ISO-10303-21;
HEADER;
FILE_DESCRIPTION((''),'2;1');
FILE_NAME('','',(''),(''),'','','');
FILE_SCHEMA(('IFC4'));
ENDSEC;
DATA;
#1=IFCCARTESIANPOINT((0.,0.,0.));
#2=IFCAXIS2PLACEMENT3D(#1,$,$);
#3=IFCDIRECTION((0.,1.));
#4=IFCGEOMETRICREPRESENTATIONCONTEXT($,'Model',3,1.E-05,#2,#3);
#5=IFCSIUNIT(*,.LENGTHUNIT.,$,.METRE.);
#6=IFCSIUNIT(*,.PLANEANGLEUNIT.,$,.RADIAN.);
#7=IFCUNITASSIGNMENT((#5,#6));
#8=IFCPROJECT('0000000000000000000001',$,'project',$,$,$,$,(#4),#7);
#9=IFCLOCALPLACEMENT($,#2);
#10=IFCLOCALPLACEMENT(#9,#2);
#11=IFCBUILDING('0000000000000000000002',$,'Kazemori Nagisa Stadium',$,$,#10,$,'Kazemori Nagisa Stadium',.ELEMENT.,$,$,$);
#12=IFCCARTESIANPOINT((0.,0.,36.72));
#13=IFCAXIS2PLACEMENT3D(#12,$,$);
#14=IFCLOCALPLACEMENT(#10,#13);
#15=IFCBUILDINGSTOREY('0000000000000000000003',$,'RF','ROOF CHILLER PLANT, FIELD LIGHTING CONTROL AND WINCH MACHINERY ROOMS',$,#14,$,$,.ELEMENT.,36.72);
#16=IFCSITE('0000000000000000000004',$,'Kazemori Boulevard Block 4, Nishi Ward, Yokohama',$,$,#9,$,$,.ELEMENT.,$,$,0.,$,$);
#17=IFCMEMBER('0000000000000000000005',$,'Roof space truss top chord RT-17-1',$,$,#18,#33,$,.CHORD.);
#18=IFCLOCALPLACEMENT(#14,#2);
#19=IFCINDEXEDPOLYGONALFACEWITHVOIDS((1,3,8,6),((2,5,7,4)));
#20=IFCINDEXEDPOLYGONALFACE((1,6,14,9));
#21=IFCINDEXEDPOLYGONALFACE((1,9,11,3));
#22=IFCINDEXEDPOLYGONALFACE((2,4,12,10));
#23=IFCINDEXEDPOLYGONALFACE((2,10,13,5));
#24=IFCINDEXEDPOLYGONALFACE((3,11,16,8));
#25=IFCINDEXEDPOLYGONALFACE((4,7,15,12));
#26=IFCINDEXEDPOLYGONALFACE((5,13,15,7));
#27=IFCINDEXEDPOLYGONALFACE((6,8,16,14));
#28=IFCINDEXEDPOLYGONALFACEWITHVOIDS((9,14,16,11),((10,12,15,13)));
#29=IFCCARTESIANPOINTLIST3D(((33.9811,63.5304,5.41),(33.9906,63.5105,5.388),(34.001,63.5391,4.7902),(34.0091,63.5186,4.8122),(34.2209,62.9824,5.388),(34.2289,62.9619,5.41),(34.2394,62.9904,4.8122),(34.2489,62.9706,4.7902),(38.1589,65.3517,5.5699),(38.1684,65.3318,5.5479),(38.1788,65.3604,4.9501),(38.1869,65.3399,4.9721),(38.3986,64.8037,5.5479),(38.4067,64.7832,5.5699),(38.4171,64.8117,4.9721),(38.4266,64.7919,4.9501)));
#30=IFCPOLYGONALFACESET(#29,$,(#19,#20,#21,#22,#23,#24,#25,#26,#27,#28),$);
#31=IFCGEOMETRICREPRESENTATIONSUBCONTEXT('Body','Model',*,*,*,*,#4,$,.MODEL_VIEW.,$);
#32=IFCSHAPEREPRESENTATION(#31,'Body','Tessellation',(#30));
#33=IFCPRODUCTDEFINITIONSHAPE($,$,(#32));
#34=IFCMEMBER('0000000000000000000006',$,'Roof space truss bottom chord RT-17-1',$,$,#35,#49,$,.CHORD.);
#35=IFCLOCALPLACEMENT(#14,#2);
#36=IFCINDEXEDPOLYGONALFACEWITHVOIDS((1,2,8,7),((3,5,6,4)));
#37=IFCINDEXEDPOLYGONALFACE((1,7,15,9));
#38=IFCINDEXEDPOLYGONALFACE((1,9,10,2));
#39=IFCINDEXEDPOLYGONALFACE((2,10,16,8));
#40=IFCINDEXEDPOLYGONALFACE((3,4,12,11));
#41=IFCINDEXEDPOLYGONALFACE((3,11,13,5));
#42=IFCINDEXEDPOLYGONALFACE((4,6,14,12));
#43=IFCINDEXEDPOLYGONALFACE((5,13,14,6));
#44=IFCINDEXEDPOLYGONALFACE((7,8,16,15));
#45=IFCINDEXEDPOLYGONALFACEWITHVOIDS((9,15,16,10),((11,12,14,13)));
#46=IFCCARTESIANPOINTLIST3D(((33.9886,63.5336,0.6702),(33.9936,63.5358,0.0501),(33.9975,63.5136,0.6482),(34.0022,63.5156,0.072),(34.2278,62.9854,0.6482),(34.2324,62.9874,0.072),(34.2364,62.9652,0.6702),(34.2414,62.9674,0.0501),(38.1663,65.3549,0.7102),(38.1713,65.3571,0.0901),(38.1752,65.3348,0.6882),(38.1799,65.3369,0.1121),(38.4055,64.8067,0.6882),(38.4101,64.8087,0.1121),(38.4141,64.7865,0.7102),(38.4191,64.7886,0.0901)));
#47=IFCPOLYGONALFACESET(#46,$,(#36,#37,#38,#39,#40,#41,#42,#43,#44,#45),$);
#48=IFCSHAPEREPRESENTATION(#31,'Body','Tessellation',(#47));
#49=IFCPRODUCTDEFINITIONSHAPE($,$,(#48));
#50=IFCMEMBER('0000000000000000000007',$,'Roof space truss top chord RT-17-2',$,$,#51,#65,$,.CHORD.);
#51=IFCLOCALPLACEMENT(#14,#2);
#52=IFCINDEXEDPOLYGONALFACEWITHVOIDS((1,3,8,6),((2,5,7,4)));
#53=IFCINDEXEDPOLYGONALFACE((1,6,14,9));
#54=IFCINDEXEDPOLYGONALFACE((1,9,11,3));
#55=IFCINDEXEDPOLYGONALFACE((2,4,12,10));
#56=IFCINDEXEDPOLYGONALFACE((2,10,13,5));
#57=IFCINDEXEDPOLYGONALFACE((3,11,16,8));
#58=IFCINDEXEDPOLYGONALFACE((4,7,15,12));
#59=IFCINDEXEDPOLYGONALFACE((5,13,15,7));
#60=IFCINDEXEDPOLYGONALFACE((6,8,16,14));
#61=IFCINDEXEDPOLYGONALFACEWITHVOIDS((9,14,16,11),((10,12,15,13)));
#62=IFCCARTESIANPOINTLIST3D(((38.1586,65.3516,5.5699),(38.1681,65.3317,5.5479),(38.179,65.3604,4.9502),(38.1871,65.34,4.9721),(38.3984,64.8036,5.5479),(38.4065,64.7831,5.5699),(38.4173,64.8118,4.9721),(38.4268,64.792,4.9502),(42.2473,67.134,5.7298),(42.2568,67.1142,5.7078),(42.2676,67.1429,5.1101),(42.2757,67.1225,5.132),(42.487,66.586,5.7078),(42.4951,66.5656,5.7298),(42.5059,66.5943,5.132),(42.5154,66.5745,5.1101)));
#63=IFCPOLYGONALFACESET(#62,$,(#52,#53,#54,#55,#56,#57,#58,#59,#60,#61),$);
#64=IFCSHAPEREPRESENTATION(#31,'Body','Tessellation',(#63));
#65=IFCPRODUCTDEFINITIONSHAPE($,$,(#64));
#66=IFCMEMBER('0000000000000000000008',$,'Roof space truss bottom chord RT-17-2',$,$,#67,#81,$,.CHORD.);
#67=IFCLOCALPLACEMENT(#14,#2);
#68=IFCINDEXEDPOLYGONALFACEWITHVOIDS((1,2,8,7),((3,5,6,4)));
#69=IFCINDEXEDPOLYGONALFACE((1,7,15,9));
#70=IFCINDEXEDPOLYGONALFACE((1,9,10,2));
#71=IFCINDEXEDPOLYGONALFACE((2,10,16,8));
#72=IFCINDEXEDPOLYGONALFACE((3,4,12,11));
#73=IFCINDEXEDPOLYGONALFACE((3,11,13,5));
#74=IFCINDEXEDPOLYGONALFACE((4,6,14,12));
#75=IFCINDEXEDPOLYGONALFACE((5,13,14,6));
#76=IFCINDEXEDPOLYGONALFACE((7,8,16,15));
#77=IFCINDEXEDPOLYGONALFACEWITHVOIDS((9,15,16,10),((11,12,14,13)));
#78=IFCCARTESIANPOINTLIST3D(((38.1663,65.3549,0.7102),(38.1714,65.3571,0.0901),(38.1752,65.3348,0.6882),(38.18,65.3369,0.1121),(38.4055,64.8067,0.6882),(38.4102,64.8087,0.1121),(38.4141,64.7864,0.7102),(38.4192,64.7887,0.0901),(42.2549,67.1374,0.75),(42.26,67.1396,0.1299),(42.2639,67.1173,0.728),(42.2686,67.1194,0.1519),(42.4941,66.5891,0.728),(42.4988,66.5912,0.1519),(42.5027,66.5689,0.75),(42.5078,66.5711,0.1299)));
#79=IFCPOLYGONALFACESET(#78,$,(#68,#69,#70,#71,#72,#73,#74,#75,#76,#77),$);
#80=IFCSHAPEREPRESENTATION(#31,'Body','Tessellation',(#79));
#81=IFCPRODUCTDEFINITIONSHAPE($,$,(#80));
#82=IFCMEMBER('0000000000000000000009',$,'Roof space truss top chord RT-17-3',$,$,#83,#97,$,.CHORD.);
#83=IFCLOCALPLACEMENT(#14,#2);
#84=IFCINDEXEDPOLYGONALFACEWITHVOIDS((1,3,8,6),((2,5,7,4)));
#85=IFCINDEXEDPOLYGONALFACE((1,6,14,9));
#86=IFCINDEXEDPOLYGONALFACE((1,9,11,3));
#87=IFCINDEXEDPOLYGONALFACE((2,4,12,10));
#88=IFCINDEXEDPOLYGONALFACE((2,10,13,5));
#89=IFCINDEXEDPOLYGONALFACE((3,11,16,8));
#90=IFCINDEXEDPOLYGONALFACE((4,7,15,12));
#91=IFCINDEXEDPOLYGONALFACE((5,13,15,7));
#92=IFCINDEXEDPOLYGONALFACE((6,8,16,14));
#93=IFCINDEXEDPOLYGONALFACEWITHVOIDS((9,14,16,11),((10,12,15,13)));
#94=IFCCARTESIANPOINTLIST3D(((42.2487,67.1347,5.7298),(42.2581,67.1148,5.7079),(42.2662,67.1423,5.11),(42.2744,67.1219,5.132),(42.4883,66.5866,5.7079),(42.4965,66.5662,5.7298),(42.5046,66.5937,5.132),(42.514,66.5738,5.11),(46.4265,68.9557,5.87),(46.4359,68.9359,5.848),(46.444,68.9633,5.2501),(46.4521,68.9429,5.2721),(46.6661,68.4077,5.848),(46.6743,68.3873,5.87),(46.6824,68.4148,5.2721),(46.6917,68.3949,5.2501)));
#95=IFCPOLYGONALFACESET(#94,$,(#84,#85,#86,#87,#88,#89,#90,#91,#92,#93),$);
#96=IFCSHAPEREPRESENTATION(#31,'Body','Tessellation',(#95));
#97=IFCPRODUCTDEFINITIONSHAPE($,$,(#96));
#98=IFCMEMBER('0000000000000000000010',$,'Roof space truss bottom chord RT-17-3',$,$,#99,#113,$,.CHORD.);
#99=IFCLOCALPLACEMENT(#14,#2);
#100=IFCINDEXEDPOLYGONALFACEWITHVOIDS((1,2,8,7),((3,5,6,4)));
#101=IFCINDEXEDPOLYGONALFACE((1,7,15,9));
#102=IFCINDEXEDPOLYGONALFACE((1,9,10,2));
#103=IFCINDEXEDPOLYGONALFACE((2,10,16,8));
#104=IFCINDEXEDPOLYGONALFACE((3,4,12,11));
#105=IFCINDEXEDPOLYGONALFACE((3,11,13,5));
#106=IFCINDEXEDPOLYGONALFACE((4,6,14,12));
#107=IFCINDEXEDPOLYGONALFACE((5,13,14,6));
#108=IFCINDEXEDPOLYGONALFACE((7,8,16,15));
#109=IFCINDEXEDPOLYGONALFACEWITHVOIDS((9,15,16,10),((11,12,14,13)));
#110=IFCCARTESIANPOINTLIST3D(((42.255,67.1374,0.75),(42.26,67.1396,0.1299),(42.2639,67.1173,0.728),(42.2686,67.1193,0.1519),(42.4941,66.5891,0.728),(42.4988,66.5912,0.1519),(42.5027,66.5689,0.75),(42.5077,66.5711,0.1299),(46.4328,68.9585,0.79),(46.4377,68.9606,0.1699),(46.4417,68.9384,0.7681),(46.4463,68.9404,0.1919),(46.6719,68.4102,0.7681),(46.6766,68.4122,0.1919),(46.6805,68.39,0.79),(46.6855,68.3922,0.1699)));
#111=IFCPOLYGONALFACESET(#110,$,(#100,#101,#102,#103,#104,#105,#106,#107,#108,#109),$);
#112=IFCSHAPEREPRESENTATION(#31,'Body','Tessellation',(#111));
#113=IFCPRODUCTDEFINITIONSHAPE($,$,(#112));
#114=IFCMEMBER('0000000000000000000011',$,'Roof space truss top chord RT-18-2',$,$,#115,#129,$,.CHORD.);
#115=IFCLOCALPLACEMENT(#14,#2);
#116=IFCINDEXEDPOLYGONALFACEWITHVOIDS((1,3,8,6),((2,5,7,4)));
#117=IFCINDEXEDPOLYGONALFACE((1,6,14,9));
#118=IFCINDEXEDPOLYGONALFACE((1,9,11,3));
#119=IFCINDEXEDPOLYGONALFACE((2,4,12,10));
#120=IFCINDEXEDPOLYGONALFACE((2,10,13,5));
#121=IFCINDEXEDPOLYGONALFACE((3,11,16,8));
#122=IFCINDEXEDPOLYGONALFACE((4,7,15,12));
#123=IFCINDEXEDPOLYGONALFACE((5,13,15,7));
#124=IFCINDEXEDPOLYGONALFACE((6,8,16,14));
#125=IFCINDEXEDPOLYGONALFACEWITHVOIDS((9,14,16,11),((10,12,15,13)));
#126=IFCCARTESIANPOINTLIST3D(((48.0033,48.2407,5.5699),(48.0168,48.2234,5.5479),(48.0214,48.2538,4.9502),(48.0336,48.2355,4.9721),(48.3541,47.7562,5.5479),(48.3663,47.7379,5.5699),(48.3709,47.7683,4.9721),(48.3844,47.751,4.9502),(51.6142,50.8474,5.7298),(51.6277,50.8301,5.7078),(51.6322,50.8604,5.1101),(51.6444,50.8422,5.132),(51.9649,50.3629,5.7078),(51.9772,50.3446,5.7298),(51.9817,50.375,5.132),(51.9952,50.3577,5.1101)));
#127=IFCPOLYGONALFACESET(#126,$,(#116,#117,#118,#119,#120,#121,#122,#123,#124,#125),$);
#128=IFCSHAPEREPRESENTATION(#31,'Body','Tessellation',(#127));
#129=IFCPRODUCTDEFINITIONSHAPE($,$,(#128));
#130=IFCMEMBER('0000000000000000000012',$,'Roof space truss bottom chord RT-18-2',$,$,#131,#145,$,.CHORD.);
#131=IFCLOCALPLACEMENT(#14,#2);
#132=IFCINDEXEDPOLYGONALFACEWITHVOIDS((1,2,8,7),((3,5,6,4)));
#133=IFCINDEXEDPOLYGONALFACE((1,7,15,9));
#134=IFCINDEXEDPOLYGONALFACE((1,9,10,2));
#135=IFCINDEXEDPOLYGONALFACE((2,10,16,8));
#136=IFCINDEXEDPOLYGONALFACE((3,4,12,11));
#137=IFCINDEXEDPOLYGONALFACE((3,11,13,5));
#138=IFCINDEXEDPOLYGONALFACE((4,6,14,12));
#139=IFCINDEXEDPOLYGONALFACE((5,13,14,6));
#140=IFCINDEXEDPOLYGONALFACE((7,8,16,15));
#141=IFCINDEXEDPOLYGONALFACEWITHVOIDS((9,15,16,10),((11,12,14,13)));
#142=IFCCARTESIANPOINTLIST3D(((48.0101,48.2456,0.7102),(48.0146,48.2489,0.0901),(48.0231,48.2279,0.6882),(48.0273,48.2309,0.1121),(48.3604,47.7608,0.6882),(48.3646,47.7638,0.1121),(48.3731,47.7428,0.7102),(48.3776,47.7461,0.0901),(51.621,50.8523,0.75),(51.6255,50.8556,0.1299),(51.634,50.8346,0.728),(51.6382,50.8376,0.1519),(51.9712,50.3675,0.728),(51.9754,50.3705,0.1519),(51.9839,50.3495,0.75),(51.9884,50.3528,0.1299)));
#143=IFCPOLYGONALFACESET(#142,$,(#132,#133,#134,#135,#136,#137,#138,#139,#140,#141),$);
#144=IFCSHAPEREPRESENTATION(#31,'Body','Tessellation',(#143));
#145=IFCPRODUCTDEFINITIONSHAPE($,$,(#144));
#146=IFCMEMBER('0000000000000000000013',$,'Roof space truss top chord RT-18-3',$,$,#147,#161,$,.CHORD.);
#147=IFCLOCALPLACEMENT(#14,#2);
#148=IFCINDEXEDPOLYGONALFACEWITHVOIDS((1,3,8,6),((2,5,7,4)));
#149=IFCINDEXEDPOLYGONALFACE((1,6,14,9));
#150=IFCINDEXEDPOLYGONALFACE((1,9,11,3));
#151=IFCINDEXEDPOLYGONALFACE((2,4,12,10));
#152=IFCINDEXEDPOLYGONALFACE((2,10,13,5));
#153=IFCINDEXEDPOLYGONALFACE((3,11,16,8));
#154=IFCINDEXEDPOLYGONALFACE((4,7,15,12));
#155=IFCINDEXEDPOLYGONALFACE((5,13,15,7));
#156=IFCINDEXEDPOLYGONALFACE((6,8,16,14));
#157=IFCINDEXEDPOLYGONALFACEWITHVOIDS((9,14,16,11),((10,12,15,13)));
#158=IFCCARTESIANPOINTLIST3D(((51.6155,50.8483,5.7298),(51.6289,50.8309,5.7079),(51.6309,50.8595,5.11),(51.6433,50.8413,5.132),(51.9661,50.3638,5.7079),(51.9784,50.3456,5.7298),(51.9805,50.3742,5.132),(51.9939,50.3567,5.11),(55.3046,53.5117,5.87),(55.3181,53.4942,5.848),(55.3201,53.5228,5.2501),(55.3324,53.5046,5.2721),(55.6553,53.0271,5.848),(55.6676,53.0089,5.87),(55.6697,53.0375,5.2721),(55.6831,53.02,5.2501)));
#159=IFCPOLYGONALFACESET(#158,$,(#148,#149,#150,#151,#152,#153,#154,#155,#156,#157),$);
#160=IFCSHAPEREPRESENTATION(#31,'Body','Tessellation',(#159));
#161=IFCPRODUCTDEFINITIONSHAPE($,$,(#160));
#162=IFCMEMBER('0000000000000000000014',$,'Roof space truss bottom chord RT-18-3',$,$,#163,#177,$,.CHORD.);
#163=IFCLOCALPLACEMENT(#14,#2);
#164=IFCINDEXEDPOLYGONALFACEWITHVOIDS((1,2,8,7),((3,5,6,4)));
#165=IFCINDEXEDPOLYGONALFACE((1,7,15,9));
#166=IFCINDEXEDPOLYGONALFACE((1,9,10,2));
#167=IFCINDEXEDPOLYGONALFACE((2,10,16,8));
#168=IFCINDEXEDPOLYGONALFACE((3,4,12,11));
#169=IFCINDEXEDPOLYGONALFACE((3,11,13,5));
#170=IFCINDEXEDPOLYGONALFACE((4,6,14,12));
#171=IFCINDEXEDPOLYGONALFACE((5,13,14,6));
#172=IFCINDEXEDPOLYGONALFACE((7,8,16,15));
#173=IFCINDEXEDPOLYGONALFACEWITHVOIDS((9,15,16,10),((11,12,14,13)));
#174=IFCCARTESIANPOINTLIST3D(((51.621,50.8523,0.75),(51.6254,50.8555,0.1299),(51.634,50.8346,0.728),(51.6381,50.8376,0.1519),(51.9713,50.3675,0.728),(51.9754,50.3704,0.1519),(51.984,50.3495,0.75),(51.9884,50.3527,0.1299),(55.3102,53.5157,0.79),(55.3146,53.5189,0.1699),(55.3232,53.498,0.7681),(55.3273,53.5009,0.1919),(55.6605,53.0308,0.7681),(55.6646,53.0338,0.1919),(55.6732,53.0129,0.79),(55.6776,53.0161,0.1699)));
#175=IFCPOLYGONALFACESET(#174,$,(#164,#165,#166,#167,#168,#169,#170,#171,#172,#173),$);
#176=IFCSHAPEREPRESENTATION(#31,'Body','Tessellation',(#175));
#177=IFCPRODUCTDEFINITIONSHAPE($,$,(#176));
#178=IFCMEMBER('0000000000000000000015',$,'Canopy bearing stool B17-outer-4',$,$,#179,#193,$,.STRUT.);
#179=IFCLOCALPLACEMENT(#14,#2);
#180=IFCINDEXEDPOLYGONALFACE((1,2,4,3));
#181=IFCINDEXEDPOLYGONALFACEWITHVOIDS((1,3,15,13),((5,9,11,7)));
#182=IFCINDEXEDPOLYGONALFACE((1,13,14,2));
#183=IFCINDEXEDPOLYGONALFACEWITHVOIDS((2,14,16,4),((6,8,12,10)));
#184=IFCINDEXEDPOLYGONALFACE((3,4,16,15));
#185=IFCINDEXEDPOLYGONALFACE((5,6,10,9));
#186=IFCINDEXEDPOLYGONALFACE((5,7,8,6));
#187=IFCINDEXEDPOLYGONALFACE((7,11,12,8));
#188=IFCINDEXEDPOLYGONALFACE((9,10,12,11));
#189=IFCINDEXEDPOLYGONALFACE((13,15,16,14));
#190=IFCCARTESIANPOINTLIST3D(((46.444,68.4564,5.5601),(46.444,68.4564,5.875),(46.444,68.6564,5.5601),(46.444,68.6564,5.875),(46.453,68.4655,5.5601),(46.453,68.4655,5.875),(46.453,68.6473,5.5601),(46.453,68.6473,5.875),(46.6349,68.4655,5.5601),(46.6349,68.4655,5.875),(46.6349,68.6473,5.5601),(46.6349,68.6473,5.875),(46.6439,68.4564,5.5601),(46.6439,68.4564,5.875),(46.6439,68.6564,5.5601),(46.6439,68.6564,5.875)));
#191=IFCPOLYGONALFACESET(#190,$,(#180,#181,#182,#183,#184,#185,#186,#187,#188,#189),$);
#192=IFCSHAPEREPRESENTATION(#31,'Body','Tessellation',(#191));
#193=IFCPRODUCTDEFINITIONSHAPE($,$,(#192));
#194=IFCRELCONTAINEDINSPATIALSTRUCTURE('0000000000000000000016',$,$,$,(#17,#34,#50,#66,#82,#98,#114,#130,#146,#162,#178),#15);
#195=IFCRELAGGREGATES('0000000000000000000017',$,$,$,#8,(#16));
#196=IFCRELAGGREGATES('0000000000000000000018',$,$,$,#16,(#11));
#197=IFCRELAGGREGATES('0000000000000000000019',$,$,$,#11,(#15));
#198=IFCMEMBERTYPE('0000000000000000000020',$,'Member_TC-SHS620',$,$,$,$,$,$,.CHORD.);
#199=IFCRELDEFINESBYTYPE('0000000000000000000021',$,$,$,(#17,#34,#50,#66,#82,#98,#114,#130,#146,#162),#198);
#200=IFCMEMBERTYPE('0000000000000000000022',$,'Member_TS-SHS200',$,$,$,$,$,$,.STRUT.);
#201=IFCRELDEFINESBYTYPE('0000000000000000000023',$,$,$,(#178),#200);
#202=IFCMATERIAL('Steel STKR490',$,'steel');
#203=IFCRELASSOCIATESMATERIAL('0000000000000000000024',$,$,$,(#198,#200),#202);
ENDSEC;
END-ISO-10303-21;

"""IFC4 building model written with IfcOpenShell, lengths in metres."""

from ifc_helpers import new_model, si_unit, direction, frame, origin, origin_2d, place, context, subcontext, project, spatial, hollow_rectangle, extrude, material, material_profile, profile_set, type_object, element, save


model = new_model("IFC4")

# Units and contexts
model_context = context("Model", 3, precision=1e-05, world=origin(), true_north=direction((0.0, 1.0)))
body_context = subcontext(model_context, "Body", "Model", "MODEL_VIEW")
ifc_project = project(units=[si_unit("LENGTHUNIT", "METRE"), si_unit("PLANEANGLEUNIT", "RADIAN")], contexts=[model_context])

# Site, building, storey
site_placement = place(None, origin())
site = spatial("IfcSite", under=ifc_project, at=site_placement, Name="Kazemori Boulevard Block 4, Nishi Ward, Yokohama", CompositionType="ELEMENT", RefElevation=0.0)
building_placement = place(site_placement, origin())
building = spatial("IfcBuilding", under=site, at=building_placement, Name="Kazemori Nagisa Stadium", LongName="Kazemori Nagisa Stadium", CompositionType="ELEMENT")
storey_placement = place(building_placement, frame((0.0, 0.0, 36.72)))
storey = spatial("IfcBuildingStorey", under=building, at=storey_placement, Name="RF", Description="ROOF CHILLER PLANT, FIELD LIGHTING CONTROL AND WINCH MACHINERY ROOMS", CompositionType="ELEMENT", Elevation=36.72)

# Members
ifc_material_1 = material(Name="Steel STKR490", Category="steel")
ifc_material_profile_1 = material_profile(ifc_material_1, hollow_rectangle(XDim=0.6201, YDim=0.6201, WallThickness=0.022, at=origin_2d()), Name="SHS-620x620x22")
ifc_profile_set_1 = profile_set([ifc_material_profile_1], Name="Steel STKR490")
member_type_1 = type_object("IfcMemberType", Name="Member_TC-SHS620", PredefinedType="CHORD", material=ifc_profile_set_1)
member_1_placement = place(storey_placement, frame((34.115, 63.2505, 5.1001), z_axis=(0.916114, 0.399381, 0.035066), x_axis=(-0.399627, 0.916678, 0.0)))
element("IfcMember", 1, at=member_1_placement, inside=storey, type_object=member_type_1, Name="Roof space truss top chord RT-17-1", PredefinedType="CHORD", context=body_context, shape_type="SweptSolid", body=[
    extrude(hollow_rectangle(XDim=0.6201, YDim=0.6201, WallThickness=0.022, at=origin_2d()), origin(), (0.0, 0.0, 1.0), 4.5603),
])
member_2_placement = place(storey_placement, frame((34.115, 63.2505, 0.3601), z_axis=(0.916642, 0.399612, 0.008785), x_axis=(-0.399627, 0.916678, 0.0)))
element("IfcMember", 2, at=member_2_placement, inside=storey, type_object=member_type_1, Name="Roof space truss bottom chord RT-17-1", PredefinedType="CHORD", context=body_context, shape_type="SweptSolid", body=[
    extrude(hollow_rectangle(XDim=0.6201, YDim=0.6201, WallThickness=0.022, at=origin_2d()), origin(), (0.0, 0.0, 1.0), 4.5576),
])
member_3_placement = place(storey_placement, frame((38.2927, 65.0718, 5.26), z_axis=(0.916087, 0.399376, 0.03583), x_axis=(-0.399633, 0.916675, 0.0)))
element("IfcMember", 3, at=member_3_placement, inside=storey, type_object=member_type_1, Name="Roof space truss top chord RT-17-2", PredefinedType="CHORD", context=body_context, shape_type="SweptSolid", body=[
    extrude(hollow_rectangle(XDim=0.6201, YDim=0.6201, WallThickness=0.022, at=origin_2d()), origin(), (0.0, 0.0, 1.0), 4.4631),
])
member_4_placement = place(storey_placement, frame((38.2927, 65.0718, 0.4001), z_axis=(0.916639, 0.399617, 0.008922), x_axis=(-0.399633, 0.916675, 0.0)))
element("IfcMember", 4, at=member_4_placement, inside=storey, type_object=member_type_1, Name="Roof space truss bottom chord RT-17-2", PredefinedType="CHORD", context=body_context, shape_type="SweptSolid", body=[
    extrude(hollow_rectangle(XDim=0.6201, YDim=0.6201, WallThickness=0.022, at=origin_2d()), origin(), (0.0, 0.0, 1.0), 4.4604),
])
member_5_placement = place(storey_placement, frame((42.3813, 66.8542, 5.4199), z_axis=(0.916264, 0.399393, 0.030735), x_axis=(-0.399582, 0.916697, 0.0)))
element("IfcMember", 5, at=member_5_placement, inside=storey, type_object=member_type_1, Name="Roof space truss top chord RT-17-3", PredefinedType="CHORD", context=body_context, shape_type="SweptSolid", body=[
    extrude(hollow_rectangle(XDim=0.6201, YDim=0.6201, WallThickness=0.022, at=origin_2d()), origin(), (0.0, 0.0, 1.0), 4.5596),
])
member_6_placement = place(storey_placement, frame((42.3813, 66.8542, 0.4399), z_axis=(0.916662, 0.399567, 0.008785), x_axis=(-0.399582, 0.916697, 0.0)))
element("IfcMember", 6, at=member_6_placement, inside=storey, type_object=member_type_1, Name="Roof space truss bottom chord RT-17-3", PredefinedType="CHORD", context=body_context, shape_type="SweptSolid", body=[
    extrude(hollow_rectangle(XDim=0.6201, YDim=0.6201, WallThickness=0.022, at=origin_2d()), origin(), (0.0, 0.0, 1.0), 4.5576),
])
member_7_placement = place(storey_placement, frame((48.1938, 47.9958, 5.26), z_axis=(0.810278, 0.584945, 0.035885), x_axis=(-0.585322, 0.810801, 0.0)))
element("IfcMember", 7, at=member_7_placement, inside=storey, type_object=member_type_1, Name="Roof space truss top chord RT-18-2", PredefinedType="CHORD", context=body_context, shape_type="SweptSolid", body=[
    extrude(hollow_rectangle(XDim=0.6201, YDim=0.6201, WallThickness=0.022, at=origin_2d()), origin(), (0.0, 0.0, 1.0), 4.4563),
])
member_8_placement = place(storey_placement, frame((48.1938, 47.9958, 0.4001), z_axis=(0.810768, 0.585299, 0.008935), x_axis=(-0.585322, 0.810801, 0.0)))
element("IfcMember", 8, at=member_8_placement, inside=storey, type_object=member_type_1, Name="Roof space truss bottom chord RT-18-2", PredefinedType="CHORD", context=body_context, shape_type="SweptSolid", body=[
    extrude(hollow_rectangle(XDim=0.6201, YDim=0.6201, WallThickness=0.022, at=origin_2d()), origin(), (0.0, 0.0, 1.0), 4.4536),
])
member_9_placement = place(storey_placement, frame((51.8047, 50.6025, 5.4199), z_axis=(0.81041, 0.585054, 0.030784), x_axis=(-0.585332, 0.810794, 0.0)))
element("IfcMember", 9, at=member_9_placement, inside=storey, type_object=member_type_1, Name="Roof space truss top chord RT-18-3", PredefinedType="CHORD", context=body_context, shape_type="SweptSolid", body=[
    extrude(hollow_rectangle(XDim=0.6201, YDim=0.6201, WallThickness=0.022, at=origin_2d()), origin(), (0.0, 0.0, 1.0), 4.5522),
])
member_10_placement = place(storey_placement, frame((51.8047, 50.6025, 0.4399), z_axis=(0.810762, 0.585309, 0.008799), x_axis=(-0.585332, 0.810794, 0.0)))
element("IfcMember", 10, at=member_10_placement, inside=storey, type_object=member_type_1, Name="Roof space truss bottom chord RT-18-3", PredefinedType="CHORD", context=body_context, shape_type="SweptSolid", body=[
    extrude(hollow_rectangle(XDim=0.6201, YDim=0.6201, WallThickness=0.022, at=origin_2d()), origin(), (0.0, 0.0, 1.0), 4.5503),
])
ifc_material_profile_2 = material_profile(ifc_material_1, hollow_rectangle(XDim=0.2, YDim=0.2, WallThickness=0.009, at=origin_2d()), Name="SHS-200x200x9")
ifc_profile_set_2 = profile_set([ifc_material_profile_2], Name="Steel STKR490")
member_type_2 = type_object("IfcMemberType", Name="Member_TS-SHS200", PredefinedType="STRUT", material=ifc_profile_set_2)
member_11_placement = place(storey_placement, frame((46.5439, 68.5564, 5.5601), z_axis=(0.0, 0.0, 1.0), x_axis=(1.0, 0.0, 0.0)))
element("IfcMember", 11, at=member_11_placement, inside=storey, type_object=member_type_2, Name="Canopy bearing stool B17-outer-4", PredefinedType="STRUT", context=body_context, shape_type="SweptSolid", body=[
    extrude(hollow_rectangle(XDim=0.2, YDim=0.2, WallThickness=0.009, at=origin_2d()), origin(), (0.0, 0.0, 1.0), 0.3149),
])

save(model, "model.ifc")
